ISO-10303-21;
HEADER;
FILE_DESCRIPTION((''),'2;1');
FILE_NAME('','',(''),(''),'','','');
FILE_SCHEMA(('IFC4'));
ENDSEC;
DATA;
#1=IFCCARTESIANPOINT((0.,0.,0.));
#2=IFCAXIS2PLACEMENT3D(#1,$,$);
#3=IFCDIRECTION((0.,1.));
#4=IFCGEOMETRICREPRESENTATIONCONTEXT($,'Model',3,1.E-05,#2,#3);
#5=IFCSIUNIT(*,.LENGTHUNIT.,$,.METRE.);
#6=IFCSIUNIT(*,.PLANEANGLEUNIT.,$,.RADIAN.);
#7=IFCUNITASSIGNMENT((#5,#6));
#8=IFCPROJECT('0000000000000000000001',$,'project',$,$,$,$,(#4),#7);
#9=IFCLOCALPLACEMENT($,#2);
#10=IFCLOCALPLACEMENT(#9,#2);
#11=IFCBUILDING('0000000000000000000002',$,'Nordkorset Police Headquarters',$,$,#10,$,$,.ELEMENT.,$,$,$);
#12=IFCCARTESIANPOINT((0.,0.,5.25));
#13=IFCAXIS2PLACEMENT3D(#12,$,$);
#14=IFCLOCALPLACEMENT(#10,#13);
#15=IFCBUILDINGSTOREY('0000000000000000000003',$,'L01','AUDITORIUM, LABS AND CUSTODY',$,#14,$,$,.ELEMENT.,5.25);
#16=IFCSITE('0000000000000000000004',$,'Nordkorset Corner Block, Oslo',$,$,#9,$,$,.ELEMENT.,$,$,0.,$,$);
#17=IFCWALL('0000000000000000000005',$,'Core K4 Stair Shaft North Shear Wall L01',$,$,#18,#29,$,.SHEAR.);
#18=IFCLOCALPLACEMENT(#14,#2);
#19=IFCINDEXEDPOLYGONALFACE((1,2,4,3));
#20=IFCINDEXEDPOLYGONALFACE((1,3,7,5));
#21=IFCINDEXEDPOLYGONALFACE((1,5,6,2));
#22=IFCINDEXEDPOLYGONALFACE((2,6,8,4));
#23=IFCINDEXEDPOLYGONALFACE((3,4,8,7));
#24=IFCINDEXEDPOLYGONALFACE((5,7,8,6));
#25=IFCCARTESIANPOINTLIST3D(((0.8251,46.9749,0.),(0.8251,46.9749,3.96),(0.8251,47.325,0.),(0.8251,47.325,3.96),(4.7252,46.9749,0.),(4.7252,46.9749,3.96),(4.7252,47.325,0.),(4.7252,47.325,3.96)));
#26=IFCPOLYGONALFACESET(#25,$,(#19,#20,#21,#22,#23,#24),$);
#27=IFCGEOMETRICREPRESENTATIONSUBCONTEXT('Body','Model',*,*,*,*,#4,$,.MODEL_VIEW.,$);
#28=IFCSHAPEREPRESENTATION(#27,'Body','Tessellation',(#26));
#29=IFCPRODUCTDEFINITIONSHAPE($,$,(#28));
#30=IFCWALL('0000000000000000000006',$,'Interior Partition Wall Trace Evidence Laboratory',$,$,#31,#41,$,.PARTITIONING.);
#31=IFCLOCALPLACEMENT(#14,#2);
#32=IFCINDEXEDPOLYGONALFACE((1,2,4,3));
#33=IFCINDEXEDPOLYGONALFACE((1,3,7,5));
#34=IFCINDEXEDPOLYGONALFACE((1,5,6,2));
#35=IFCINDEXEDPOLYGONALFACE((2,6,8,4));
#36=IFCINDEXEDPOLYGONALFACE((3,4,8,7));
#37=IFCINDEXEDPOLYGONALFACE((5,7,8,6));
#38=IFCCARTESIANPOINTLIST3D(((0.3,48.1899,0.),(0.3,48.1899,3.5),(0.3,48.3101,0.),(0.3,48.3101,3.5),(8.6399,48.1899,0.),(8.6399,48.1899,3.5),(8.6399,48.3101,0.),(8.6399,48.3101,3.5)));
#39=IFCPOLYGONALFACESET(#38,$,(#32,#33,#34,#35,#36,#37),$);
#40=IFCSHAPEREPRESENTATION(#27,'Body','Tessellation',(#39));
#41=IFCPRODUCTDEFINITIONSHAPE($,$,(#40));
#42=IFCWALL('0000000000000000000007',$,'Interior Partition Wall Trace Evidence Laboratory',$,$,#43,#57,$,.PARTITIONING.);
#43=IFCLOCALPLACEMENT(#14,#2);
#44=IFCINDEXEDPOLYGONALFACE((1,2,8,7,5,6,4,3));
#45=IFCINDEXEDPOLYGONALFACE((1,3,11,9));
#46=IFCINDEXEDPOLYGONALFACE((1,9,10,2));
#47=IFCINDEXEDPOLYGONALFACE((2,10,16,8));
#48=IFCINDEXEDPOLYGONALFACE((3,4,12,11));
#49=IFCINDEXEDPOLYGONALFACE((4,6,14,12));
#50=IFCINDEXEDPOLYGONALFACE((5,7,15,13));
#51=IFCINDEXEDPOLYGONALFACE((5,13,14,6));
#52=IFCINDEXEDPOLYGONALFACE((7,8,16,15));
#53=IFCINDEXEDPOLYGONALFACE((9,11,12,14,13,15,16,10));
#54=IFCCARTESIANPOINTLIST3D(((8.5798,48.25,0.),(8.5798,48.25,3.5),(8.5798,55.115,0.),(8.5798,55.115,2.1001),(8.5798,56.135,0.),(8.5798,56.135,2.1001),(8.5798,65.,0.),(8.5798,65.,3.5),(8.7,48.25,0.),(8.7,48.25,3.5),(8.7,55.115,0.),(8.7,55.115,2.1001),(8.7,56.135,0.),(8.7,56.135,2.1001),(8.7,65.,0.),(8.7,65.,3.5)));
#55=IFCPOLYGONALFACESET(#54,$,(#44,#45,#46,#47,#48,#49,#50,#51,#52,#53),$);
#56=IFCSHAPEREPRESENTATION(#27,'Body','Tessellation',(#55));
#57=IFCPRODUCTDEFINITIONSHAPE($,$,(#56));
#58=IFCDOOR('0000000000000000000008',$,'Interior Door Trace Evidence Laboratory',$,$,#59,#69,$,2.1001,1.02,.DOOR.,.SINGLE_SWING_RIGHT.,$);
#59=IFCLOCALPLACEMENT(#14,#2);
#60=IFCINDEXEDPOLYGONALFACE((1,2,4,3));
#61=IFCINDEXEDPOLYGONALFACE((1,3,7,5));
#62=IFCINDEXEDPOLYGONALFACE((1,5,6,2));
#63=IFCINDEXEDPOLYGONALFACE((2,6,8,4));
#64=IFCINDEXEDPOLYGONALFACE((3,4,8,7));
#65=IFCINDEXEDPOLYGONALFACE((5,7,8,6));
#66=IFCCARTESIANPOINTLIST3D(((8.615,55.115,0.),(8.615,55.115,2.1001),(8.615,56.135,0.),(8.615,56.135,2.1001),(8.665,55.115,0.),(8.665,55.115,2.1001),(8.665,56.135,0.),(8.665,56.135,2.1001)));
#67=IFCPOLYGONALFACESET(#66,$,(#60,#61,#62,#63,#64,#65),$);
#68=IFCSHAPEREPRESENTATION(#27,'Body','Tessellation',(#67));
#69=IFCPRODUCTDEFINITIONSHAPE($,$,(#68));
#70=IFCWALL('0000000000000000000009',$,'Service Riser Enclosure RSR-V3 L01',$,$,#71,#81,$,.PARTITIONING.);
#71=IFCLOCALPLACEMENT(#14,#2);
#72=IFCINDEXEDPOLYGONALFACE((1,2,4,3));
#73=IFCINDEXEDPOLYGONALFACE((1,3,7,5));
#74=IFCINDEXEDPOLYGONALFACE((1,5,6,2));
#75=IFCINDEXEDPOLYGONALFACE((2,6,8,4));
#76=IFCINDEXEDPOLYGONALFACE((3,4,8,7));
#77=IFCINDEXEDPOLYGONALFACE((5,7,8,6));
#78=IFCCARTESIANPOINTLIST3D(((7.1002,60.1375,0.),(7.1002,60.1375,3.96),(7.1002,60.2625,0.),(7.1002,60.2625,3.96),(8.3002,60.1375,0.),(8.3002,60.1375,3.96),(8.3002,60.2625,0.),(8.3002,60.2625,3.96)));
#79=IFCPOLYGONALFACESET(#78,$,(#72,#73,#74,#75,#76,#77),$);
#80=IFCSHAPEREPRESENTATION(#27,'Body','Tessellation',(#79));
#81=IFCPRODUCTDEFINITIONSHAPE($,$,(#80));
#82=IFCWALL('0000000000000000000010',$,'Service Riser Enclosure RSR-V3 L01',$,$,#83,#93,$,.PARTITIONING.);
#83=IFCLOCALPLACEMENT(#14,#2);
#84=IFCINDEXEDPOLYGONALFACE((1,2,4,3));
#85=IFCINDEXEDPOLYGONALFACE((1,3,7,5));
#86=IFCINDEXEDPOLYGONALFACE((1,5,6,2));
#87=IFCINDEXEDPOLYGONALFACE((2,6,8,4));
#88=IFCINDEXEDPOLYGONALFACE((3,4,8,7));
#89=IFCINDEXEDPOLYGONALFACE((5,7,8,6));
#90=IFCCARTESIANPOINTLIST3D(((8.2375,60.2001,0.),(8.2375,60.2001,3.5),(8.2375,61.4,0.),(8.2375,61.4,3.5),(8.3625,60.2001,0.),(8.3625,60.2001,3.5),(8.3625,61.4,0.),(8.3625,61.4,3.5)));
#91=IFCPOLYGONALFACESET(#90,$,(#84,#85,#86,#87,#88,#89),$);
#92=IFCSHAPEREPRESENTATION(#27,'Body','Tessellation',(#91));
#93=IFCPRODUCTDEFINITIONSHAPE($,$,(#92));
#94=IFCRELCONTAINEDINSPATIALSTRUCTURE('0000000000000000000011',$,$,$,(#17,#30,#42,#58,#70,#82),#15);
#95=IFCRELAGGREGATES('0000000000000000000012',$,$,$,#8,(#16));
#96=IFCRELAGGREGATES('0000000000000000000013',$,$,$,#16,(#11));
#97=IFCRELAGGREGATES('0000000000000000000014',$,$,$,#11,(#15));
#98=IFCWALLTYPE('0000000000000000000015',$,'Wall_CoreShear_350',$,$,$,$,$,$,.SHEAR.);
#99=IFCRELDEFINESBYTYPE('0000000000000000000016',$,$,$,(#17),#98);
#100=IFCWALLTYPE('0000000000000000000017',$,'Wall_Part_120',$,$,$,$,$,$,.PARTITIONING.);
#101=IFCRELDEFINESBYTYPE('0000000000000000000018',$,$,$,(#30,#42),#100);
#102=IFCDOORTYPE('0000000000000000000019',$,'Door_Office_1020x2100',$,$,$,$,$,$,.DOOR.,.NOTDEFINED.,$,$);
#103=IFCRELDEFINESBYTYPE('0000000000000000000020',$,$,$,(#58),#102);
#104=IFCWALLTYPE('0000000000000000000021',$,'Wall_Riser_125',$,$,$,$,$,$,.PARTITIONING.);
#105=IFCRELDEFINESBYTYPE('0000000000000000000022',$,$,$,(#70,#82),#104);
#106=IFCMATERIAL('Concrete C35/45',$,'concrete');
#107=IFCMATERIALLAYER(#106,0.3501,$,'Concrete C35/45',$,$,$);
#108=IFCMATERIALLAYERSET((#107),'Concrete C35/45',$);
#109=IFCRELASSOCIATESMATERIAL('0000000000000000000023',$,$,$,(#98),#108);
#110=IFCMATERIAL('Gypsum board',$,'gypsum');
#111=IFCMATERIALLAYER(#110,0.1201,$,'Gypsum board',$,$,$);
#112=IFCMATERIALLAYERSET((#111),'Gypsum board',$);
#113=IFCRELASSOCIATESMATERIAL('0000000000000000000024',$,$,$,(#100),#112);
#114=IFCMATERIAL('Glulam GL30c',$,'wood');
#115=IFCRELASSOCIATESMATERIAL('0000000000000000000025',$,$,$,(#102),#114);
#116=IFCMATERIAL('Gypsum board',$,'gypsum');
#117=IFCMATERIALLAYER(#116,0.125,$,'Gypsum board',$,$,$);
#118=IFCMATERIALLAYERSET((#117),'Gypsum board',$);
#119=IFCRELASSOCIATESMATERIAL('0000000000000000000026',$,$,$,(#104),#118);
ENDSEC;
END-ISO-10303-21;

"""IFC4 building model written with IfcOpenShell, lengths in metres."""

from ifc_helpers import new_model, si_unit, direction, frame, frame_2d, origin, place, context, subcontext, project, spatial, rectangle, extrude, material, layer, layer_set, type_object, element, fill, save


model = new_model("IFC4")

# Units and contexts
model_context = context("Model", 3, precision=1e-05, world=origin(), true_north=direction((0.0, 1.0)))
body_context = subcontext(model_context, "Body", "Model", "MODEL_VIEW")
ifc_project = project(units=[si_unit("LENGTHUNIT", "METRE"), si_unit("PLANEANGLEUNIT", "RADIAN")], contexts=[model_context])

# Site, building, storey
site_placement = place(None, origin())
site = spatial("IfcSite", under=ifc_project, at=site_placement, Name="Nordkorset Corner Block, Oslo", CompositionType="ELEMENT", RefElevation=0.0)
building_placement = place(site_placement, origin())
building = spatial("IfcBuilding", under=site, at=building_placement, Name="Nordkorset Police Headquarters", CompositionType="ELEMENT")
storey_placement = place(building_placement, frame((0.0, 0.0, 5.25)))
storey = spatial("IfcBuildingStorey", under=building, at=storey_placement, Name="L01", Description="AUDITORIUM, LABS AND CUSTODY", CompositionType="ELEMENT", Elevation=5.25)

# Walls
ifc_material_1 = material(Name="Concrete C35/45", Category="concrete")
ifc_layer_1 = layer(ifc_material_1, 0.3501, Name="Concrete C35/45")
ifc_layer_set_1 = layer_set([ifc_layer_1], Name="Concrete C35/45")
wall_type_1 = type_object("IfcWallType", Name="Wall_CoreShear_350", PredefinedType="SHEAR", material=ifc_layer_set_1)
wall_1_placement = place(storey_placement, frame((0.825, 47.1499, 0.0), z_axis=(0.0, 0.0, 1.0), x_axis=(1.0, 0.0, 0.0)))
element("IfcWall", 1, at=wall_1_placement, inside=storey, type_object=wall_type_1, Name="Core K4 Stair Shaft North Shear Wall L01", PredefinedType="SHEAR", context=body_context, shape_type="SweptSolid", body=[
    extrude(rectangle(XDim=3.9001, YDim=0.3501, at=frame_2d((1.9502, 0.0))), origin(), (0.0, 0.0, 1.0), 3.96),
])
ifc_material_2 = material(Name="Gypsum board", Category="gypsum")
ifc_layer_2 = layer(ifc_material_2, 0.1201, Name="Gypsum board")
ifc_layer_set_2 = layer_set([ifc_layer_2], Name="Gypsum board")
wall_type_2 = type_object("IfcWallType", Name="Wall_Part_120", PredefinedType="PARTITIONING", material=ifc_layer_set_2)
wall_2_placement = place(storey_placement, frame((0.3, 48.25, 0.0), z_axis=(0.0, 0.0, 1.0), x_axis=(1.0, 0.0, 0.0)))
element("IfcWall", 2, at=wall_2_placement, inside=storey, type_object=wall_type_2, Name="Interior Partition Wall Trace Evidence Laboratory", PredefinedType="PARTITIONING", context=body_context, shape_type="SweptSolid", body=[
    extrude(rectangle(XDim=8.3398, YDim=0.1201, at=frame_2d((4.1699, 0.0))), origin(), (0.0, 0.0, 1.0), 3.5),
])

# Wall, opening, door
wall_3_placement = place(storey_placement, frame((8.6399, 48.25, 0.0), z_axis=(0.0, 0.0, 1.0), x_axis=(0.0, 1.0, 0.0)))
wall_3 = element("IfcWall", 3, at=wall_3_placement, inside=storey, type_object=wall_type_2, Name="Interior Partition Wall Trace Evidence Laboratory", PredefinedType="PARTITIONING", context=body_context, shape_type="SweptSolid", body=[
    extrude(rectangle(XDim=16.75, YDim=0.1201, at=frame_2d((8.375, 0.0))), origin(), (0.0, 0.0, 1.0), 3.5),
])
opening_placement = place(wall_3_placement, frame((6.865, 0.0, 0.0)))
opening = element("IfcOpeningElement", 4, at=opening_placement, cuts=wall_3, PredefinedType="OPENING", context=body_context, shape_type="SweptSolid", body=[
    extrude(rectangle(XDim=1.02, YDim=2.1001, at=frame_2d((0.51, 1.05))), frame((0.0, 0.0701, 0.0), z_axis=(0.0, -1.0, 0.0), x_axis=(1.0, 0.0, 0.0)), (0.0, 0.0, 1.0), 0.1401),
])
ifc_material_3 = material(Name="Glulam GL30c", Category="wood")
door_type = type_object("IfcDoorType", Name="Door_Office_1020x2100", OperationType="NOTDEFINED", PredefinedType="DOOR", material=ifc_material_3)
door_placement = place(opening_placement, origin())
door = element("IfcDoor", 5, at=door_placement, inside=storey, type_object=door_type, Name="Interior Door Trace Evidence Laboratory", OperationType="SINGLE_SWING_RIGHT", OverallHeight=2.1001, OverallWidth=1.02, PredefinedType="DOOR", context=body_context, shape_type="SweptSolid", body=[
    extrude(rectangle(XDim=1.02, YDim=2.1001, at=frame_2d((0.51, 1.05))), frame((0.0, 0.0249, 0.0), z_axis=(0.0, -1.0, 0.0), x_axis=(1.0, 0.0, 0.0)), (0.0, 0.0, 1.0), 0.05),
])
fill(opening, door)

# Walls
ifc_material_4 = material(Name="Gypsum board", Category="gypsum")
ifc_layer_3 = layer(ifc_material_4, 0.125, Name="Gypsum board")
ifc_layer_set_3 = layer_set([ifc_layer_3], Name="Gypsum board")
wall_type_3 = type_object("IfcWallType", Name="Wall_Riser_125", PredefinedType="PARTITIONING", material=ifc_layer_set_3)
wall_4_placement = place(storey_placement, frame((7.1001, 60.2, 0.0), z_axis=(0.0, 0.0, 1.0), x_axis=(1.0, 0.0, 0.0)))
element("IfcWall", 6, at=wall_4_placement, inside=storey, type_object=wall_type_3, Name="Service Riser Enclosure RSR-V3 L01", PredefinedType="PARTITIONING", context=body_context, shape_type="SweptSolid", body=[
    extrude(rectangle(XDim=1.2, YDim=0.125, at=frame_2d((0.6001, 0.0))), origin(), (0.0, 0.0, 1.0), 3.96),
])
wall_5_placement = place(storey_placement, frame((8.3, 60.2, 0.0), z_axis=(0.0, 0.0, 1.0), x_axis=(0.0, 1.0, 0.0)))
element("IfcWall", 7, at=wall_5_placement, inside=storey, type_object=wall_type_3, Name="Service Riser Enclosure RSR-V3 L01", PredefinedType="PARTITIONING", context=body_context, shape_type="SweptSolid", body=[
    extrude(rectangle(XDim=1.2, YDim=0.125, at=frame_2d((0.6001, 0.0))), origin(), (0.0, 0.0, 1.0), 3.5),
])

save(model, "model.ifc")
